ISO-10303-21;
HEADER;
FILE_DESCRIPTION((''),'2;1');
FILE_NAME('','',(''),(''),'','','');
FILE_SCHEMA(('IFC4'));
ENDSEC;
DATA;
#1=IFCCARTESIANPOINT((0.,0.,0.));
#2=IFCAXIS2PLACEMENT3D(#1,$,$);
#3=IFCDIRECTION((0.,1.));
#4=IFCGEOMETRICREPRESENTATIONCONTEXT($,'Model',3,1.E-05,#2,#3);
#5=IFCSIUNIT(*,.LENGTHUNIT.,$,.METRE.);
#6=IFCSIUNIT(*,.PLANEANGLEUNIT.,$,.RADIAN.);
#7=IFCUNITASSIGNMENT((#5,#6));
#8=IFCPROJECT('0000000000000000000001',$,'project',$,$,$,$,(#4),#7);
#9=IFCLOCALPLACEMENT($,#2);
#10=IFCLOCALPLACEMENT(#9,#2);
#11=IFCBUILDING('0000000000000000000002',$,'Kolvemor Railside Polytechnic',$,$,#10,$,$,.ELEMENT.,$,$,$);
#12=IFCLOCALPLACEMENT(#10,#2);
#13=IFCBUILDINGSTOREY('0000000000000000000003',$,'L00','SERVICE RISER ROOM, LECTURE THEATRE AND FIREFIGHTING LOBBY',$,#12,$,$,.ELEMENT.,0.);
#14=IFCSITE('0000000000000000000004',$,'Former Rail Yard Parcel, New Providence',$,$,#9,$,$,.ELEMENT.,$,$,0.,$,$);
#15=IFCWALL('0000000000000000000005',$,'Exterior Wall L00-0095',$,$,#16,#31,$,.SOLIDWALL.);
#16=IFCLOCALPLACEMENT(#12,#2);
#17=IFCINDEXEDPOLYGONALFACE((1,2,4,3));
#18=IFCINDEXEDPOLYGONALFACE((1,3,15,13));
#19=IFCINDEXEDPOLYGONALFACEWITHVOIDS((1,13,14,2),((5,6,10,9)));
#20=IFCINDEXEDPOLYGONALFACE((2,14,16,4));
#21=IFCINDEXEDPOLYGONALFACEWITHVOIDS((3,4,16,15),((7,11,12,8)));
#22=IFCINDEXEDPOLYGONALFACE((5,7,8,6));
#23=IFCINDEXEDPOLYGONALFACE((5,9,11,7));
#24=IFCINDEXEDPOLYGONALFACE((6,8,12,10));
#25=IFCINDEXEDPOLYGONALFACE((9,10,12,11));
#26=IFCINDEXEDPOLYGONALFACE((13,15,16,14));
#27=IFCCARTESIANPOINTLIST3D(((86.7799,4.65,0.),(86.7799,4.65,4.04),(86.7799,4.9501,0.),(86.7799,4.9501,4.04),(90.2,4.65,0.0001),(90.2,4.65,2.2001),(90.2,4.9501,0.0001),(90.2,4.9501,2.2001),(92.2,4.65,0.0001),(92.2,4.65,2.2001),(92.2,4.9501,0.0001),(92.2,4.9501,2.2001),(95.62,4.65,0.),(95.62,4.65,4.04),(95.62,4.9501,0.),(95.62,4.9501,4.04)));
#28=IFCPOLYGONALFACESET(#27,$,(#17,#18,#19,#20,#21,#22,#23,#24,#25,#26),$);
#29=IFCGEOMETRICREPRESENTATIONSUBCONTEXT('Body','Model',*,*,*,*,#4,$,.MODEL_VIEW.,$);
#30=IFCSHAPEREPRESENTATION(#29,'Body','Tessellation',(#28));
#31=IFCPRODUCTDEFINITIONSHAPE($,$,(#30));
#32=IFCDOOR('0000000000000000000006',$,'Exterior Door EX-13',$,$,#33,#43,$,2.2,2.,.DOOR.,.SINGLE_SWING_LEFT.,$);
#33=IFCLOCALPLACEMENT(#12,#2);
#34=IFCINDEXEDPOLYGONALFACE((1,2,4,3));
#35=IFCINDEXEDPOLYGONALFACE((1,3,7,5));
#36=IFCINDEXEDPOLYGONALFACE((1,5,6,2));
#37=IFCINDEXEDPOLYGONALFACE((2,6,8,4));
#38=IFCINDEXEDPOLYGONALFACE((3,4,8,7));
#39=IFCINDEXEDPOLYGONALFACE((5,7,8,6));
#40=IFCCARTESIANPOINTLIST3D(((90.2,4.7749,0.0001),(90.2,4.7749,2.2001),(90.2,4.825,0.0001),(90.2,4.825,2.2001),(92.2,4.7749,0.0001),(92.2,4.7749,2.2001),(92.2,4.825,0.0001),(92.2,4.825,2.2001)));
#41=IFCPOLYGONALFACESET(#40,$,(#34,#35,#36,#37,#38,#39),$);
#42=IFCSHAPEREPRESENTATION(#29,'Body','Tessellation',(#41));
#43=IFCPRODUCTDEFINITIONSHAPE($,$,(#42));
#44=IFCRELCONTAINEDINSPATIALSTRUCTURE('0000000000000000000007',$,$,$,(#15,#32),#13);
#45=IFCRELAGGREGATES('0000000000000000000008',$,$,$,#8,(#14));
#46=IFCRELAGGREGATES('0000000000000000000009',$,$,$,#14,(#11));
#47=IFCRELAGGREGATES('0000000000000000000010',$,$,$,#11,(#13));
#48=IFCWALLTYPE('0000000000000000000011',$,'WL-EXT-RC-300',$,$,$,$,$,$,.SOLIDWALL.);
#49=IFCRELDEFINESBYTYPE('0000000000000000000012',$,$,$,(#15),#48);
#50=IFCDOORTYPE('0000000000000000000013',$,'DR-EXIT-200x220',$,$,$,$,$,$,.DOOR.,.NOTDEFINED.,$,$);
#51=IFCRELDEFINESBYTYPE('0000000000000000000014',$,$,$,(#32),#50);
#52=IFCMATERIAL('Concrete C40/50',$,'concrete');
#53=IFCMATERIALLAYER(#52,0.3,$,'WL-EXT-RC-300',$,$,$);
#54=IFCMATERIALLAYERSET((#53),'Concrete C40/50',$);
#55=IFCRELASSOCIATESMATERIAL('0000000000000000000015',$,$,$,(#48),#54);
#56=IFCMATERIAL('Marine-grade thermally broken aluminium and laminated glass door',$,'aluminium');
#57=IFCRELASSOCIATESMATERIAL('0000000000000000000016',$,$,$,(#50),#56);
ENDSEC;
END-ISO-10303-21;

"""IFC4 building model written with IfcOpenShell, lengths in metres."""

from ifc_helpers import new_model, si_unit, direction, frame, frame_2d, origin, place, context, subcontext, project, spatial, rectangle, extrude, material, layer, layer_set, type_object, element, fill, save


model = new_model("IFC4")

# Units and contexts
model_context = context("Model", 3, precision=1e-05, world=origin(), true_north=direction((0.0, 1.0)))
body_context = subcontext(model_context, "Body", "Model", "MODEL_VIEW")
ifc_project = project(units=[si_unit("LENGTHUNIT", "METRE"), si_unit("PLANEANGLEUNIT", "RADIAN")], contexts=[model_context])

# Site, building, storey
site_placement = place(None, origin())
site = spatial("IfcSite", under=ifc_project, at=site_placement, Name="Former Rail Yard Parcel, New Providence", CompositionType="ELEMENT", RefElevation=0.0)
building_placement = place(site_placement, origin())
building = spatial("IfcBuilding", under=site, at=building_placement, Name="Kolvemor Railside Polytechnic", CompositionType="ELEMENT")
storey_placement = place(building_placement, origin())
storey = spatial("IfcBuildingStorey", under=building, at=storey_placement, Name="L00", Description="SERVICE RISER ROOM, LECTURE THEATRE AND FIREFIGHTING LOBBY", CompositionType="ELEMENT", Elevation=0.0)

# Wall, opening, door
ifc_material_1 = material(Name="Concrete C40/50", Category="concrete")
ifc_layer = layer(ifc_material_1, 0.3, Name="WL-EXT-RC-300")
ifc_layer_set = layer_set([ifc_layer], Name="Concrete C40/50")
wall_type = type_object("IfcWallType", Name="WL-EXT-RC-300", PredefinedType="SOLIDWALL", material=ifc_layer_set)
wall_placement = place(storey_placement, frame((86.78, 4.8, 0.0), z_axis=(0.0, 0.0, 1.0), x_axis=(1.0, 0.0, 0.0)))
wall = element("IfcWall", 1, at=wall_placement, inside=storey, type_object=wall_type, Name="Exterior Wall L00-0095", PredefinedType="SOLIDWALL", context=body_context, shape_type="SweptSolid", body=[
    extrude(rectangle(XDim=8.8401, YDim=0.3, at=frame_2d((4.4199, 0.0))), origin(), (0.0, 0.0, 1.0), 4.04),
])
opening_placement = place(wall_placement, frame((3.4199, 0.0, 0.0)))
opening = element("IfcOpeningElement", 2, at=opening_placement, cuts=wall, PredefinedType="OPENING", context=body_context, shape_type="SweptSolid", body=[
    extrude(rectangle(XDim=2.0, YDim=2.2, at=frame_2d((1.0, 1.1001))), frame((0.0, 0.1599, 0.0), z_axis=(0.0, -1.0, 0.0), x_axis=(1.0, 0.0, 0.0)), (0.0, 0.0, 1.0), 0.3201),
])
ifc_material_2 = material(Name="Marine-grade thermally broken aluminium and laminated glass door", Category="aluminium")
door_type = type_object("IfcDoorType", Name="DR-EXIT-200x220", OperationType="NOTDEFINED", PredefinedType="DOOR", material=ifc_material_2)
door_placement = place(opening_placement, origin())
door = element("IfcDoor", 3, at=door_placement, inside=storey, type_object=door_type, Name="Exterior Door EX-13", OperationType="SINGLE_SWING_LEFT", OverallHeight=2.2, OverallWidth=2.0, PredefinedType="DOOR", context=body_context, shape_type="SweptSolid", body=[
    extrude(rectangle(XDim=2.0, YDim=2.2, at=frame_2d((1.0, 1.1001))), frame((0.0, 0.0249, 0.0), z_axis=(0.0, -1.0, 0.0), x_axis=(1.0, 0.0, 0.0)), (0.0, 0.0, 1.0), 0.05),
])
fill(opening, door)

save(model, "model.ifc")
